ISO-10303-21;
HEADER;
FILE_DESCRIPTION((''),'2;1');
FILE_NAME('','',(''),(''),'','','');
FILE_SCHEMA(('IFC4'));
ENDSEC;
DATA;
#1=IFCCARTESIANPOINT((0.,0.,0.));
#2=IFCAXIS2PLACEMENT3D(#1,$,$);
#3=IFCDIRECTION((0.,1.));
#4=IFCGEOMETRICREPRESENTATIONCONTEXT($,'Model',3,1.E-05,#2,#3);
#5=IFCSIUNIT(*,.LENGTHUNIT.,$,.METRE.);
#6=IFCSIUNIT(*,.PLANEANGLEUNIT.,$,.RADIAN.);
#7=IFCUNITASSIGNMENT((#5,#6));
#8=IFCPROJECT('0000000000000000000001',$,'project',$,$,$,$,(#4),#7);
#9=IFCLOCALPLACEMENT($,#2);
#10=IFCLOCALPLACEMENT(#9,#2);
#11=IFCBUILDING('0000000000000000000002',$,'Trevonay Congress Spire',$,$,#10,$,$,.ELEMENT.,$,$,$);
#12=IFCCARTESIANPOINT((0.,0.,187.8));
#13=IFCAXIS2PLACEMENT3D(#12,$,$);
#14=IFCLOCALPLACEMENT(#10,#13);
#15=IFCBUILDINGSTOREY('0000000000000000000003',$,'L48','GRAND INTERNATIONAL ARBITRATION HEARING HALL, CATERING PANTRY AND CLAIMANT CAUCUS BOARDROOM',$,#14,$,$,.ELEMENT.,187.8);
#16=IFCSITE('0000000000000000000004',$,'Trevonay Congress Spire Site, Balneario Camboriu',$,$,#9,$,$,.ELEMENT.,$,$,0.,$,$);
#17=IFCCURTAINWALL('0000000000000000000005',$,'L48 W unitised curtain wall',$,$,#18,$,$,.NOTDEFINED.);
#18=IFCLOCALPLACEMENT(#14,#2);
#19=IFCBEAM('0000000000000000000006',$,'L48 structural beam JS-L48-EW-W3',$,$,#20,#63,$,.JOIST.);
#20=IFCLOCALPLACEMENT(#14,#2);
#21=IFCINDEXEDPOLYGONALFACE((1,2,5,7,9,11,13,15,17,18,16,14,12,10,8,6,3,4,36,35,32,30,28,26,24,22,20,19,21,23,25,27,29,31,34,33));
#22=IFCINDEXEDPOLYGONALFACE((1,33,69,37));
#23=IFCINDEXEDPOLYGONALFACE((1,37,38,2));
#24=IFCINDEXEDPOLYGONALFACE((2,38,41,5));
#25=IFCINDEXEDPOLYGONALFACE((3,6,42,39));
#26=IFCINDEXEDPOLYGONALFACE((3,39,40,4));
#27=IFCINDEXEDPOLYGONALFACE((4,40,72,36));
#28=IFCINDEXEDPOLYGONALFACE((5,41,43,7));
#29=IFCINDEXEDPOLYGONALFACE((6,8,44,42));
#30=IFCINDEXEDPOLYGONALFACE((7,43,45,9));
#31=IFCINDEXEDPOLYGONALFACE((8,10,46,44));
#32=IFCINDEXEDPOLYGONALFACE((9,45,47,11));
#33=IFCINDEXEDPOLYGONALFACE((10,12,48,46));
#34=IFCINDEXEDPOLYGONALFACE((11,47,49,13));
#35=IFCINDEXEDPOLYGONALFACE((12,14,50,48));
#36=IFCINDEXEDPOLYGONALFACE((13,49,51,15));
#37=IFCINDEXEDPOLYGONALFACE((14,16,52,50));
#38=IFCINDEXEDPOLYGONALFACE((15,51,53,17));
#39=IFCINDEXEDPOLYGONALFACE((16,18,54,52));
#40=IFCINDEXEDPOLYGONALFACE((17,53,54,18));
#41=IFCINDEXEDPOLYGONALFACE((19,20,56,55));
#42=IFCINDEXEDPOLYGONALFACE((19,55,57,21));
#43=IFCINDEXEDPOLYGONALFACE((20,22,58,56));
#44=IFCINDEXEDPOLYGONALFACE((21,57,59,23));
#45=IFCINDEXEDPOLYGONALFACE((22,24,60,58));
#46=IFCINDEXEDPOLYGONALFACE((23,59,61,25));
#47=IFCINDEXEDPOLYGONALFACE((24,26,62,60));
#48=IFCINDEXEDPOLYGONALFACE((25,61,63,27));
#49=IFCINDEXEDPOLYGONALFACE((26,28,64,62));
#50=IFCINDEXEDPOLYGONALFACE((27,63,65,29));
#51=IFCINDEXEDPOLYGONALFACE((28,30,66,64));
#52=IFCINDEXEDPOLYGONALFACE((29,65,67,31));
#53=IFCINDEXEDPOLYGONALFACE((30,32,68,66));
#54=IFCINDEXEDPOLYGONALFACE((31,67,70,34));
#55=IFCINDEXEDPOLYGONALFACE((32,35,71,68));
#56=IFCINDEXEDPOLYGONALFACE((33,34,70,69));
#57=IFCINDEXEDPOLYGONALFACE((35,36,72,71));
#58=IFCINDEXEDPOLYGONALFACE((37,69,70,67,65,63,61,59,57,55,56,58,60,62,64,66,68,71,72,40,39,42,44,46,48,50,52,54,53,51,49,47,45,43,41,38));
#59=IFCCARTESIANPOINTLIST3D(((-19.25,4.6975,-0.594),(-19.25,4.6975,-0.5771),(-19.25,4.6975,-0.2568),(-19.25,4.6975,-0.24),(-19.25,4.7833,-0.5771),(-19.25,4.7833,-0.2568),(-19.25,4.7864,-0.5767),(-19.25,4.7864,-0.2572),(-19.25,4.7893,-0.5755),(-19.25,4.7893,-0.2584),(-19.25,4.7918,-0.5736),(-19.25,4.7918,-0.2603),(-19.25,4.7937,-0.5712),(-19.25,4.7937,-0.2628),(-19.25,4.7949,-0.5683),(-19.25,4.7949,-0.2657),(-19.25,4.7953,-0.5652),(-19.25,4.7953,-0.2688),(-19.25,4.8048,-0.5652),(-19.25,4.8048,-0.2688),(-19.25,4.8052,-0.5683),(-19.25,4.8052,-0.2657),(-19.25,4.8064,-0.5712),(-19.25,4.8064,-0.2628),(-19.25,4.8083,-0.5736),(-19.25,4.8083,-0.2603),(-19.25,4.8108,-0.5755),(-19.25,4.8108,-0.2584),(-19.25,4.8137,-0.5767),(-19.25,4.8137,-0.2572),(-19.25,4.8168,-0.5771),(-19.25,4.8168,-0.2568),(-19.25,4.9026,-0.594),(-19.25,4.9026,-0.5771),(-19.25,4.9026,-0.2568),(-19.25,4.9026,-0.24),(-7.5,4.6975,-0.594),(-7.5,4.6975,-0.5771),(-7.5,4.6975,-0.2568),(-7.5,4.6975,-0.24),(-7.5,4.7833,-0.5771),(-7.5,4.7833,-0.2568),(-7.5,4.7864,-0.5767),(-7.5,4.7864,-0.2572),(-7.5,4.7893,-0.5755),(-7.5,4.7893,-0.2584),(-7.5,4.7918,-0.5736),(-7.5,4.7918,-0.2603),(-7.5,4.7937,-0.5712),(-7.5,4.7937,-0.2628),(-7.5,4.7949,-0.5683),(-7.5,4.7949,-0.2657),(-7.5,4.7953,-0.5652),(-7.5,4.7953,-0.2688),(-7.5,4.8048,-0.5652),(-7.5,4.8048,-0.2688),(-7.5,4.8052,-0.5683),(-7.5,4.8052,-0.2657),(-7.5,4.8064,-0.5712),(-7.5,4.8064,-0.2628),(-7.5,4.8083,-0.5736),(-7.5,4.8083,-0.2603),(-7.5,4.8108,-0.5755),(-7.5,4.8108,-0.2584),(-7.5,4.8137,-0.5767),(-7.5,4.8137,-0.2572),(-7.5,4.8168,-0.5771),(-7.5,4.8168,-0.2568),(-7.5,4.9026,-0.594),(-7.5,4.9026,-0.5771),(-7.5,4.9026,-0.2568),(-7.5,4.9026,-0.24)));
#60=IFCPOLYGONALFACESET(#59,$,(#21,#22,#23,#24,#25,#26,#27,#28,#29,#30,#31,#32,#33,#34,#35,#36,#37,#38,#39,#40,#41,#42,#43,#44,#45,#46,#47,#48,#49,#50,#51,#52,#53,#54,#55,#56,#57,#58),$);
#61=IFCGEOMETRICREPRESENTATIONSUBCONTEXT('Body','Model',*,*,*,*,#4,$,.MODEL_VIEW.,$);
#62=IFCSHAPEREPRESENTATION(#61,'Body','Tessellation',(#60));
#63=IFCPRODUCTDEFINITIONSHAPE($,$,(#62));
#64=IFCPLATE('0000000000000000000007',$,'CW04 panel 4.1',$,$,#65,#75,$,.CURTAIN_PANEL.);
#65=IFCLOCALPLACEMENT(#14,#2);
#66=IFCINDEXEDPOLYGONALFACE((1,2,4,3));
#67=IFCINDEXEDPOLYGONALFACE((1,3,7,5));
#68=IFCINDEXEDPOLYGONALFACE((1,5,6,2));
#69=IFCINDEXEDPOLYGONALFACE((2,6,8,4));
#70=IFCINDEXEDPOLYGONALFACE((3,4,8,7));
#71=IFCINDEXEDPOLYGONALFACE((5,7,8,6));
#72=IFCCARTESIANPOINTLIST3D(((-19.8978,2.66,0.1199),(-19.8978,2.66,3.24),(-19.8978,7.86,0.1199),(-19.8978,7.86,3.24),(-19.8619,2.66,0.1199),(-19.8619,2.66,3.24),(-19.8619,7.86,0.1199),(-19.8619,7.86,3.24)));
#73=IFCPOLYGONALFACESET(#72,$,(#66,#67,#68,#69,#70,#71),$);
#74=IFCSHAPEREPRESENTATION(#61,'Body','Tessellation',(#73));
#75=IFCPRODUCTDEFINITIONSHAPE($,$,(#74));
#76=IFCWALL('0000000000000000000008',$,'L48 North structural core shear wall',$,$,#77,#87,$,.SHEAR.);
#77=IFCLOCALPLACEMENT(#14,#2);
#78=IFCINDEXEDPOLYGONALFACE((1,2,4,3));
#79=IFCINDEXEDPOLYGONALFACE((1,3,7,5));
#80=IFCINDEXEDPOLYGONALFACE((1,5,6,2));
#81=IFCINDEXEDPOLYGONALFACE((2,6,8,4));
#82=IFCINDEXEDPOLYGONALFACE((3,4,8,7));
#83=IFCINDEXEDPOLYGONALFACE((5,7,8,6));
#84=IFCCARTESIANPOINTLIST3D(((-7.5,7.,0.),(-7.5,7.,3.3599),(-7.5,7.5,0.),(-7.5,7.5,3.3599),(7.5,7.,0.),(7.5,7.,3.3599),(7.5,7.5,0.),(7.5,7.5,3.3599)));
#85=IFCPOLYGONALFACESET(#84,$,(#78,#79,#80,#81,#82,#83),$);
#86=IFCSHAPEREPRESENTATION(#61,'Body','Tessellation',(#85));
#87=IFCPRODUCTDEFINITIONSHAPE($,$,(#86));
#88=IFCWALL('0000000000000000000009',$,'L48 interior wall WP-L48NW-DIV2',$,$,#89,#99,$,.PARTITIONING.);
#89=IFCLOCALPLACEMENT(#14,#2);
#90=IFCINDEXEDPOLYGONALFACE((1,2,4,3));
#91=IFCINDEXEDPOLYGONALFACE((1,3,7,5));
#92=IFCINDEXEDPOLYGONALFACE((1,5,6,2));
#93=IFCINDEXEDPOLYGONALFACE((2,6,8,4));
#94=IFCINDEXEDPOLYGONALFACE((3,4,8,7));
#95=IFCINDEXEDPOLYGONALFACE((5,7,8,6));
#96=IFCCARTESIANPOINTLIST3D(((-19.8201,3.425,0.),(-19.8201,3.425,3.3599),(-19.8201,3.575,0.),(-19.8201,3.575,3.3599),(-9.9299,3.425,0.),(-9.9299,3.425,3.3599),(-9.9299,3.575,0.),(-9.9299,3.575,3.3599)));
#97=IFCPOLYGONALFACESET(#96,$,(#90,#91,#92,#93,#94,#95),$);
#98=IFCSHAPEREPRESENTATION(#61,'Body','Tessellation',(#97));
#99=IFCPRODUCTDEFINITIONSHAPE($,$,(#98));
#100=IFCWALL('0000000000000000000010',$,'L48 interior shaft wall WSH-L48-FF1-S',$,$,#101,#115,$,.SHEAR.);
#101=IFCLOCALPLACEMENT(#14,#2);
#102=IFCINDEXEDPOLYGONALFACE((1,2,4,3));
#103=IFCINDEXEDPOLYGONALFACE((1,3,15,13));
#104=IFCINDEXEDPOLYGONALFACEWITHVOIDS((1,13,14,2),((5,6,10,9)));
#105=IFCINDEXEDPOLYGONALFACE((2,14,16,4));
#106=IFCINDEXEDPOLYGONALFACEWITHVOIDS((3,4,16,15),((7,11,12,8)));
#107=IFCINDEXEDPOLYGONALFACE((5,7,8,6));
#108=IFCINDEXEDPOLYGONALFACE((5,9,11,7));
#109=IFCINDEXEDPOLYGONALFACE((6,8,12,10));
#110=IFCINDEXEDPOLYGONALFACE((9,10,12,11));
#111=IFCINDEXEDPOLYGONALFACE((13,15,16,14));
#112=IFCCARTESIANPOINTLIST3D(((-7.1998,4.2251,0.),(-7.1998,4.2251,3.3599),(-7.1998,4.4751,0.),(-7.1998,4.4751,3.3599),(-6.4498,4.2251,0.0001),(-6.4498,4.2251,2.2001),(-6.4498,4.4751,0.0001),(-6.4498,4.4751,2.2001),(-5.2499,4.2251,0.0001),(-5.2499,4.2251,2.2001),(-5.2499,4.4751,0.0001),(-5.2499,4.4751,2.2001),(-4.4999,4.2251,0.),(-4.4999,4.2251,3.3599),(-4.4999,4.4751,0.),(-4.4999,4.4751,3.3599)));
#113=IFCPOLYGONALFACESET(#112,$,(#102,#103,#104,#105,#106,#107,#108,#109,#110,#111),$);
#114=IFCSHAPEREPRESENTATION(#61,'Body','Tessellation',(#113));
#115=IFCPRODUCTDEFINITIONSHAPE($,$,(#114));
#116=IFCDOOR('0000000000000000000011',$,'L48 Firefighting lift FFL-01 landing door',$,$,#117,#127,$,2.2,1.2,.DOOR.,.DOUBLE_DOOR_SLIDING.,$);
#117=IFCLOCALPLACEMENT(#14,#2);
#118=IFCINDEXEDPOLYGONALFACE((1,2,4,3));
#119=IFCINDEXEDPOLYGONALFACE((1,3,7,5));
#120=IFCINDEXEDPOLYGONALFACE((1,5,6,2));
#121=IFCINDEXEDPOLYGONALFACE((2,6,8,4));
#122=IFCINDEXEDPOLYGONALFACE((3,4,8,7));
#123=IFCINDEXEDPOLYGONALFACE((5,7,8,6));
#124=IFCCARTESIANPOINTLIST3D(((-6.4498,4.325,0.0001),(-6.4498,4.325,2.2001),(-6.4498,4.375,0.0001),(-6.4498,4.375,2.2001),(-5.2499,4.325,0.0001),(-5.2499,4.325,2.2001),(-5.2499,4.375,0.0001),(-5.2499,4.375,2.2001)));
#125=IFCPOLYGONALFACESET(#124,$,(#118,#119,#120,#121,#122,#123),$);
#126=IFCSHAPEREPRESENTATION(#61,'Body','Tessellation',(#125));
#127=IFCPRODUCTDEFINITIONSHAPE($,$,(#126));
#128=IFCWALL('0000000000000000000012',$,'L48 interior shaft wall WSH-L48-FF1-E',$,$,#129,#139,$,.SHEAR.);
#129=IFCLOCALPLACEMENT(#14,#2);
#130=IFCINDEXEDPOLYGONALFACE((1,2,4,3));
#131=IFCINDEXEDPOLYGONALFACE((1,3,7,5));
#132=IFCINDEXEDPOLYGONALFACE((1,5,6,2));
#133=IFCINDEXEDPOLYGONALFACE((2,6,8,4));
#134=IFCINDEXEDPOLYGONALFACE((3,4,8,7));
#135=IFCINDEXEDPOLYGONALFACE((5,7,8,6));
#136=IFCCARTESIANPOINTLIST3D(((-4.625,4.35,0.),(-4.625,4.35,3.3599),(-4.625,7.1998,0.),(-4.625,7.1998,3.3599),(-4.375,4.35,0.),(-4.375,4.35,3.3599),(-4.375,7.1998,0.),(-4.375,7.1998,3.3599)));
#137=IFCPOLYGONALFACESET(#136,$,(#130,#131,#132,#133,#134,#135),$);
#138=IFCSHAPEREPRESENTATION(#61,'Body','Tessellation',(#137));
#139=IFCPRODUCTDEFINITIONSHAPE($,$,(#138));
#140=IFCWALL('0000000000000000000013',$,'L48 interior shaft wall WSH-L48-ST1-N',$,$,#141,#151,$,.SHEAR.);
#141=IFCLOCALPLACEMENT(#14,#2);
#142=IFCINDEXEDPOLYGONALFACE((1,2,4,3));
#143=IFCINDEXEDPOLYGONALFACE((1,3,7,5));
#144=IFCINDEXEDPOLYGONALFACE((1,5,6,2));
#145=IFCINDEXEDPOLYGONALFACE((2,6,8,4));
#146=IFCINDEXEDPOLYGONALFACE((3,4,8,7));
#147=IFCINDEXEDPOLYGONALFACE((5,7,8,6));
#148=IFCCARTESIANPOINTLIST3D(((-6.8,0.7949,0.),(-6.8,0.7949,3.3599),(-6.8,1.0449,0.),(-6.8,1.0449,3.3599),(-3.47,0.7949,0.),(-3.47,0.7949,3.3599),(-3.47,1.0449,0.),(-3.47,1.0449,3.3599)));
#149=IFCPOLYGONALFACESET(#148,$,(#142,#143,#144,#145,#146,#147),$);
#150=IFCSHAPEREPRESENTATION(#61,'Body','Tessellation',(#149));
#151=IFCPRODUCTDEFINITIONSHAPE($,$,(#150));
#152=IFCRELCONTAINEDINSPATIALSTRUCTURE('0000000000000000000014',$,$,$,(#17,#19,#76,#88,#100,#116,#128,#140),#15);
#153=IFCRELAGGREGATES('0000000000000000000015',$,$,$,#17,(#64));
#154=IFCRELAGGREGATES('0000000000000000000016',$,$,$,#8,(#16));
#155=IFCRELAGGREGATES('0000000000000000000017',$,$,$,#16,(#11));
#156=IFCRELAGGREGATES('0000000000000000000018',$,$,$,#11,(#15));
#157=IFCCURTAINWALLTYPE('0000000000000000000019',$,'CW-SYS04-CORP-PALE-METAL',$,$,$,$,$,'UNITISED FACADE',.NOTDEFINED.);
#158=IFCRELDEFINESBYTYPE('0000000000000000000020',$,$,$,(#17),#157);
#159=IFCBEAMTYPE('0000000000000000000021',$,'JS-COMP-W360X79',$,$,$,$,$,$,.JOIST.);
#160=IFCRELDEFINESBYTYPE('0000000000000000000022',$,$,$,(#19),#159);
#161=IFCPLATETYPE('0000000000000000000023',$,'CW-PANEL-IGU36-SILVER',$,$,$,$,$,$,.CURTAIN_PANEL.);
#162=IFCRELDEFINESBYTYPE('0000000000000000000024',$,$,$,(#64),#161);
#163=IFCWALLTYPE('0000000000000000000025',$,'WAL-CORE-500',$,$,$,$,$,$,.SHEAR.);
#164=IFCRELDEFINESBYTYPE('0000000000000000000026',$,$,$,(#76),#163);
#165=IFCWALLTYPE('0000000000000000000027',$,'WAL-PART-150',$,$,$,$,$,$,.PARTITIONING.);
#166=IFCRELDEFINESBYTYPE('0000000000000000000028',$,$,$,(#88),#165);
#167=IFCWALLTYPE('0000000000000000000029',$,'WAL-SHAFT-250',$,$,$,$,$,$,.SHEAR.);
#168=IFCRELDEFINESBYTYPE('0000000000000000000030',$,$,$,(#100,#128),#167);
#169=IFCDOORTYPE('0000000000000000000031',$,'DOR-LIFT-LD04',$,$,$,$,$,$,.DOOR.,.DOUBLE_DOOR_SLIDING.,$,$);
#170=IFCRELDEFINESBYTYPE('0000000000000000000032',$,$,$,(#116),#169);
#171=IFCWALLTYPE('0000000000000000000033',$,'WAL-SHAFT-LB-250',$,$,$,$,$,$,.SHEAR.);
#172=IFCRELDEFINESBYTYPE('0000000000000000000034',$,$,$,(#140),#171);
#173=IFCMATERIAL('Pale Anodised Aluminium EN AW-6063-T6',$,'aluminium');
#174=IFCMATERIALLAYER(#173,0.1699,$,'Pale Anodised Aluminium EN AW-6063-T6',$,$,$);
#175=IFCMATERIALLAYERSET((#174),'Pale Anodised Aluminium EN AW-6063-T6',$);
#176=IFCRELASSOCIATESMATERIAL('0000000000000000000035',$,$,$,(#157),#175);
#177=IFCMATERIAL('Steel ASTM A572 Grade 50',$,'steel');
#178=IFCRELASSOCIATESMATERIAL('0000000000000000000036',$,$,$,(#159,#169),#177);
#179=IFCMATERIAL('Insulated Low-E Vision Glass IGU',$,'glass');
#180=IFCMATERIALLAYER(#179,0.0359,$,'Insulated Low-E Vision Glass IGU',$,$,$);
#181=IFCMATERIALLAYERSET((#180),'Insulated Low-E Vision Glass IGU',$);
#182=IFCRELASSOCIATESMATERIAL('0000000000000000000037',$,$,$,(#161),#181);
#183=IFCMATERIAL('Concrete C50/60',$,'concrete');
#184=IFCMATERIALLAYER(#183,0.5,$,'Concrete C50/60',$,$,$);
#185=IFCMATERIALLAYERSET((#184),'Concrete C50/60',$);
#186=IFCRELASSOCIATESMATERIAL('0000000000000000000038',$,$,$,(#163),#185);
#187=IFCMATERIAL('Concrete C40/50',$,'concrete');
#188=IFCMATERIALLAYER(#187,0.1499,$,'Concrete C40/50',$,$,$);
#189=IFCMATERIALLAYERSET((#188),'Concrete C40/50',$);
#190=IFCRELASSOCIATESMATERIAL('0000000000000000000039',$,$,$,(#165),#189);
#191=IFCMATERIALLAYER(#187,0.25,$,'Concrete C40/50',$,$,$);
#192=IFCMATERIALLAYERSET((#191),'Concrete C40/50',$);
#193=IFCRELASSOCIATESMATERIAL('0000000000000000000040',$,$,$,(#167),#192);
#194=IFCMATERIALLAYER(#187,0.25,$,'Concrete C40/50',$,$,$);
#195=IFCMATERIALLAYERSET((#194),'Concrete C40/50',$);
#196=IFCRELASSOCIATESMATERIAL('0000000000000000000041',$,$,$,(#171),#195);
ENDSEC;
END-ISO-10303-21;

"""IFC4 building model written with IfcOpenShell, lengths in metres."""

from ifc_helpers import new_model, si_unit, direction, frame, frame_2d, origin, origin_2d, place, context, subcontext, project, spatial, rectangle, i_section, extrude, material, layer, layer_set, material_profile, profile_set, type_object, element, fill, aggregate, save


model = new_model("IFC4")

# Units and contexts
model_context = context("Model", 3, precision=1e-05, world=origin(), true_north=direction((0.0, 1.0)))
body_context = subcontext(model_context, "Body", "Model", "MODEL_VIEW")
ifc_project = project(units=[si_unit("LENGTHUNIT", "METRE"), si_unit("PLANEANGLEUNIT", "RADIAN")], contexts=[model_context])

# Site, building, storey
site_placement = place(None, origin())
site = spatial("IfcSite", under=ifc_project, at=site_placement, Name="Trevonay Congress Spire Site, Balneario Camboriu", CompositionType="ELEMENT", RefElevation=0.0)
building_placement = place(site_placement, origin())
building = spatial("IfcBuilding", under=site, at=building_placement, Name="Trevonay Congress Spire", CompositionType="ELEMENT")
storey_placement = place(building_placement, frame((0.0, 0.0, 187.8)))
storey = spatial("IfcBuildingStorey", under=building, at=storey_placement, Name="L48", Description="GRAND INTERNATIONAL ARBITRATION HEARING HALL, CATERING PANTRY AND CLAIMANT CAUCUS BOARDROOM", CompositionType="ELEMENT", Elevation=187.8)

# Shared definitions
ifc_material_1 = material(Name="Steel ASTM A572 Grade 50", Category="steel")

# Curtain wall
ifc_material_2 = material(Name="Pale Anodised Aluminium EN AW-6063-T6", Category="aluminium")
ifc_layer_1 = layer(ifc_material_2, 0.1699, Name="Pale Anodised Aluminium EN AW-6063-T6")
ifc_layer_set_1 = layer_set([ifc_layer_1], Name="Pale Anodised Aluminium EN AW-6063-T6")
curtain_wall_type = type_object("IfcCurtainWallType", Name="CW-SYS04-CORP-PALE-METAL", ElementType="UNITISED FACADE", PredefinedType="NOTDEFINED", material=ifc_layer_set_1)
curtain_wall_placement = place(storey_placement, origin())
curtain_wall = element("IfcCurtainWall", 1, at=curtain_wall_placement, inside=storey, type_object=curtain_wall_type, Name="L48 W unitised curtain wall", PredefinedType="NOTDEFINED")

# Beam
ifc_material_profile_1 = material_profile(ifc_material_1, i_section(OverallWidth=0.2051, OverallDepth=0.354, WebThickness=0.0095, FlangeThickness=0.0168, FilletRadius=0.012, at=origin_2d()), Name="W360x79")
ifc_profile_set_1 = profile_set([ifc_material_profile_1], Name="Steel ASTM A572 Grade 50")
beam_type_1 = type_object("IfcBeamType", Name="JS-COMP-W360X79", PredefinedType="JOIST", material=ifc_profile_set_1)
for number, where, z_axis, x_axis, name in (
    (2, (-19.25, 4.8, -0.417), (1.0, 0.0, 0.0), (0.0, 1.0, 0.0), "L48 structural beam JS-L48-EW-W3"),
):
    element("IfcBeam", number, at=place(storey_placement, frame(where, z_axis=z_axis, x_axis=x_axis)), inside=storey, type_object=beam_type_1, Name=name, PredefinedType="JOIST", context=body_context, shape_type="SweptSolid", body=[
        extrude(i_section(OverallWidth=0.2051, OverallDepth=0.354, WebThickness=0.0095, FlangeThickness=0.0168, FilletRadius=0.012, at=origin_2d()), origin(), (0.0, 0.0, 1.0), 11.75),
    ])

# Plate
ifc_material_3 = material(Name="Insulated Low-E Vision Glass IGU", Category="glass")
ifc_layer_2 = layer(ifc_material_3, 0.0359, Name="Insulated Low-E Vision Glass IGU")
ifc_layer_set_2 = layer_set([ifc_layer_2], Name="Insulated Low-E Vision Glass IGU")
plate_type = type_object("IfcPlateType", Name="CW-PANEL-IGU36-SILVER", PredefinedType="CURTAIN_PANEL", material=ifc_layer_set_2)
plate_placement = place(storey_placement, frame((-19.8799, 5.26, 0.1199), z_axis=(0.0, 0.0, 1.0), x_axis=(0.0, 1.0, 0.0)))
plate = element("IfcPlate", 3, at=plate_placement, type_object=plate_type, Name="CW04 panel 4.1", PredefinedType="CURTAIN_PANEL", context=body_context, shape_type="SweptSolid", body=[
    extrude(rectangle(XDim=5.2, YDim=0.0359, at=origin_2d()), origin(), (0.0, 0.0, 1.0), 3.1201),
])
aggregate(curtain_wall, [plate])

# Walls
ifc_material_4 = material(Name="Concrete C50/60", Category="concrete")
ifc_layer_3 = layer(ifc_material_4, 0.5, Name="Concrete C50/60")
ifc_layer_set_3 = layer_set([ifc_layer_3], Name="Concrete C50/60")
wall_type_1 = type_object("IfcWallType", Name="WAL-CORE-500", PredefinedType="SHEAR", material=ifc_layer_set_3)
wall_1_placement = place(storey_placement, frame((-7.5, 7.25, 0.0), z_axis=(0.0, 0.0, 1.0), x_axis=(1.0, 0.0, 0.0)))
element("IfcWall", 4, at=wall_1_placement, inside=storey, type_object=wall_type_1, Name="L48 North structural core shear wall", PredefinedType="SHEAR", context=body_context, shape_type="SweptSolid", body=[
    extrude(rectangle(XDim=15.0, YDim=0.5, at=frame_2d((7.5, 0.0))), origin(), (0.0, 0.0, 1.0), 3.3599),
])
ifc_material_5 = material(Name="Concrete C40/50", Category="concrete")
ifc_layer_4 = layer(ifc_material_5, 0.1499, Name="Concrete C40/50")
ifc_layer_set_4 = layer_set([ifc_layer_4], Name="Concrete C40/50")
wall_type_2 = type_object("IfcWallType", Name="WAL-PART-150", PredefinedType="PARTITIONING", material=ifc_layer_set_4)
wall_2_placement = place(storey_placement, frame((-19.8201, 3.5, 0.0), z_axis=(0.0, 0.0, 1.0), x_axis=(1.0, 0.0, 0.0)))
element("IfcWall", 5, at=wall_2_placement, inside=storey, type_object=wall_type_2, Name="L48 interior wall WP-L48NW-DIV2", PredefinedType="PARTITIONING", context=body_context, shape_type="SweptSolid", body=[
    extrude(rectangle(XDim=9.8901, YDim=0.1499, at=frame_2d((4.9451, 0.0))), origin(), (0.0, 0.0, 1.0), 3.3599),
])

# Wall, opening, door
ifc_layer_5 = layer(ifc_material_5, 0.25, Name="Concrete C40/50")
ifc_layer_set_5 = layer_set([ifc_layer_5], Name="Concrete C40/50")
wall_type_3 = type_object("IfcWallType", Name="WAL-SHAFT-250", PredefinedType="SHEAR", material=ifc_layer_set_5)
wall_3_placement = place(storey_placement, frame((-7.2, 4.3501, 0.0), z_axis=(0.0, 0.0, 1.0), x_axis=(1.0, 0.0, 0.0)))
wall_3 = element("IfcWall", 6, at=wall_3_placement, inside=storey, type_object=wall_type_3, Name="L48 interior shaft wall WSH-L48-FF1-S", PredefinedType="SHEAR", context=body_context, shape_type="SweptSolid", body=[
    extrude(rectangle(XDim=2.7, YDim=0.25, at=frame_2d((1.3501, 0.0))), origin(), (0.0, 0.0, 1.0), 3.3599),
])
opening_placement = place(wall_3_placement, frame((0.75, 0.0, 0.0)))
opening = element("IfcOpeningElement", 7, at=opening_placement, cuts=wall_3, PredefinedType="OPENING", context=body_context, shape_type="SweptSolid", body=[
    extrude(rectangle(XDim=1.2, YDim=2.2, at=frame_2d((0.6001, 1.1001))), frame((0.0, 0.135, 0.0), z_axis=(0.0, -1.0, 0.0), x_axis=(1.0, 0.0, 0.0)), (0.0, 0.0, 1.0), 0.27),
])
door_type = type_object("IfcDoorType", Name="DOR-LIFT-LD04", OperationType="DOUBLE_DOOR_SLIDING", PredefinedType="DOOR", material=ifc_material_1)
door_placement = place(opening_placement, origin())
door = element("IfcDoor", 8, at=door_placement, inside=storey, type_object=door_type, Name="L48 Firefighting lift FFL-01 landing door", OperationType="DOUBLE_DOOR_SLIDING", OverallHeight=2.2, OverallWidth=1.2, PredefinedType="DOOR", context=body_context, shape_type="SweptSolid", body=[
    extrude(rectangle(XDim=1.2, YDim=2.2, at=frame_2d((0.6001, 1.1001))), frame((0.0, 0.0249, 0.0), z_axis=(0.0, -1.0, 0.0), x_axis=(1.0, 0.0, 0.0)), (0.0, 0.0, 1.0), 0.05),
])
fill(opening, door)

# Walls
wall_4_placement = place(storey_placement, frame((-4.5, 4.3501, 0.0), z_axis=(0.0, 0.0, 1.0), x_axis=(0.0, 1.0, 0.0)))
element("IfcWall", 9, at=wall_4_placement, inside=storey, type_object=wall_type_3, Name="L48 interior shaft wall WSH-L48-FF1-E", PredefinedType="SHEAR", context=body_context, shape_type="SweptSolid", body=[
    extrude(rectangle(XDim=2.8499, YDim=0.25, at=frame_2d((1.4248, 0.0))), origin(), (0.0, 0.0, 1.0), 3.3599),
])
ifc_layer_6 = layer(ifc_material_5, 0.25, Name="Concrete C40/50")
ifc_layer_set_6 = layer_set([ifc_layer_6], Name="Concrete C40/50")
wall_type_4 = type_object("IfcWallType", Name="WAL-SHAFT-LB-250", PredefinedType="SHEAR", material=ifc_layer_set_6)
wall_5_placement = place(storey_placement, frame((-6.8, 0.9199, 0.0), z_axis=(0.0, 0.0, 1.0), x_axis=(1.0, 0.0, 0.0)))
element("IfcWall", 10, at=wall_5_placement, inside=storey, type_object=wall_type_4, Name="L48 interior shaft wall WSH-L48-ST1-N", PredefinedType="SHEAR", context=body_context, shape_type="SweptSolid", body=[
    extrude(rectangle(XDim=3.3301, YDim=0.25, at=frame_2d((1.665, 0.0))), origin(), (0.0, 0.0, 1.0), 3.3599),
])

save(model, "model.ifc")
